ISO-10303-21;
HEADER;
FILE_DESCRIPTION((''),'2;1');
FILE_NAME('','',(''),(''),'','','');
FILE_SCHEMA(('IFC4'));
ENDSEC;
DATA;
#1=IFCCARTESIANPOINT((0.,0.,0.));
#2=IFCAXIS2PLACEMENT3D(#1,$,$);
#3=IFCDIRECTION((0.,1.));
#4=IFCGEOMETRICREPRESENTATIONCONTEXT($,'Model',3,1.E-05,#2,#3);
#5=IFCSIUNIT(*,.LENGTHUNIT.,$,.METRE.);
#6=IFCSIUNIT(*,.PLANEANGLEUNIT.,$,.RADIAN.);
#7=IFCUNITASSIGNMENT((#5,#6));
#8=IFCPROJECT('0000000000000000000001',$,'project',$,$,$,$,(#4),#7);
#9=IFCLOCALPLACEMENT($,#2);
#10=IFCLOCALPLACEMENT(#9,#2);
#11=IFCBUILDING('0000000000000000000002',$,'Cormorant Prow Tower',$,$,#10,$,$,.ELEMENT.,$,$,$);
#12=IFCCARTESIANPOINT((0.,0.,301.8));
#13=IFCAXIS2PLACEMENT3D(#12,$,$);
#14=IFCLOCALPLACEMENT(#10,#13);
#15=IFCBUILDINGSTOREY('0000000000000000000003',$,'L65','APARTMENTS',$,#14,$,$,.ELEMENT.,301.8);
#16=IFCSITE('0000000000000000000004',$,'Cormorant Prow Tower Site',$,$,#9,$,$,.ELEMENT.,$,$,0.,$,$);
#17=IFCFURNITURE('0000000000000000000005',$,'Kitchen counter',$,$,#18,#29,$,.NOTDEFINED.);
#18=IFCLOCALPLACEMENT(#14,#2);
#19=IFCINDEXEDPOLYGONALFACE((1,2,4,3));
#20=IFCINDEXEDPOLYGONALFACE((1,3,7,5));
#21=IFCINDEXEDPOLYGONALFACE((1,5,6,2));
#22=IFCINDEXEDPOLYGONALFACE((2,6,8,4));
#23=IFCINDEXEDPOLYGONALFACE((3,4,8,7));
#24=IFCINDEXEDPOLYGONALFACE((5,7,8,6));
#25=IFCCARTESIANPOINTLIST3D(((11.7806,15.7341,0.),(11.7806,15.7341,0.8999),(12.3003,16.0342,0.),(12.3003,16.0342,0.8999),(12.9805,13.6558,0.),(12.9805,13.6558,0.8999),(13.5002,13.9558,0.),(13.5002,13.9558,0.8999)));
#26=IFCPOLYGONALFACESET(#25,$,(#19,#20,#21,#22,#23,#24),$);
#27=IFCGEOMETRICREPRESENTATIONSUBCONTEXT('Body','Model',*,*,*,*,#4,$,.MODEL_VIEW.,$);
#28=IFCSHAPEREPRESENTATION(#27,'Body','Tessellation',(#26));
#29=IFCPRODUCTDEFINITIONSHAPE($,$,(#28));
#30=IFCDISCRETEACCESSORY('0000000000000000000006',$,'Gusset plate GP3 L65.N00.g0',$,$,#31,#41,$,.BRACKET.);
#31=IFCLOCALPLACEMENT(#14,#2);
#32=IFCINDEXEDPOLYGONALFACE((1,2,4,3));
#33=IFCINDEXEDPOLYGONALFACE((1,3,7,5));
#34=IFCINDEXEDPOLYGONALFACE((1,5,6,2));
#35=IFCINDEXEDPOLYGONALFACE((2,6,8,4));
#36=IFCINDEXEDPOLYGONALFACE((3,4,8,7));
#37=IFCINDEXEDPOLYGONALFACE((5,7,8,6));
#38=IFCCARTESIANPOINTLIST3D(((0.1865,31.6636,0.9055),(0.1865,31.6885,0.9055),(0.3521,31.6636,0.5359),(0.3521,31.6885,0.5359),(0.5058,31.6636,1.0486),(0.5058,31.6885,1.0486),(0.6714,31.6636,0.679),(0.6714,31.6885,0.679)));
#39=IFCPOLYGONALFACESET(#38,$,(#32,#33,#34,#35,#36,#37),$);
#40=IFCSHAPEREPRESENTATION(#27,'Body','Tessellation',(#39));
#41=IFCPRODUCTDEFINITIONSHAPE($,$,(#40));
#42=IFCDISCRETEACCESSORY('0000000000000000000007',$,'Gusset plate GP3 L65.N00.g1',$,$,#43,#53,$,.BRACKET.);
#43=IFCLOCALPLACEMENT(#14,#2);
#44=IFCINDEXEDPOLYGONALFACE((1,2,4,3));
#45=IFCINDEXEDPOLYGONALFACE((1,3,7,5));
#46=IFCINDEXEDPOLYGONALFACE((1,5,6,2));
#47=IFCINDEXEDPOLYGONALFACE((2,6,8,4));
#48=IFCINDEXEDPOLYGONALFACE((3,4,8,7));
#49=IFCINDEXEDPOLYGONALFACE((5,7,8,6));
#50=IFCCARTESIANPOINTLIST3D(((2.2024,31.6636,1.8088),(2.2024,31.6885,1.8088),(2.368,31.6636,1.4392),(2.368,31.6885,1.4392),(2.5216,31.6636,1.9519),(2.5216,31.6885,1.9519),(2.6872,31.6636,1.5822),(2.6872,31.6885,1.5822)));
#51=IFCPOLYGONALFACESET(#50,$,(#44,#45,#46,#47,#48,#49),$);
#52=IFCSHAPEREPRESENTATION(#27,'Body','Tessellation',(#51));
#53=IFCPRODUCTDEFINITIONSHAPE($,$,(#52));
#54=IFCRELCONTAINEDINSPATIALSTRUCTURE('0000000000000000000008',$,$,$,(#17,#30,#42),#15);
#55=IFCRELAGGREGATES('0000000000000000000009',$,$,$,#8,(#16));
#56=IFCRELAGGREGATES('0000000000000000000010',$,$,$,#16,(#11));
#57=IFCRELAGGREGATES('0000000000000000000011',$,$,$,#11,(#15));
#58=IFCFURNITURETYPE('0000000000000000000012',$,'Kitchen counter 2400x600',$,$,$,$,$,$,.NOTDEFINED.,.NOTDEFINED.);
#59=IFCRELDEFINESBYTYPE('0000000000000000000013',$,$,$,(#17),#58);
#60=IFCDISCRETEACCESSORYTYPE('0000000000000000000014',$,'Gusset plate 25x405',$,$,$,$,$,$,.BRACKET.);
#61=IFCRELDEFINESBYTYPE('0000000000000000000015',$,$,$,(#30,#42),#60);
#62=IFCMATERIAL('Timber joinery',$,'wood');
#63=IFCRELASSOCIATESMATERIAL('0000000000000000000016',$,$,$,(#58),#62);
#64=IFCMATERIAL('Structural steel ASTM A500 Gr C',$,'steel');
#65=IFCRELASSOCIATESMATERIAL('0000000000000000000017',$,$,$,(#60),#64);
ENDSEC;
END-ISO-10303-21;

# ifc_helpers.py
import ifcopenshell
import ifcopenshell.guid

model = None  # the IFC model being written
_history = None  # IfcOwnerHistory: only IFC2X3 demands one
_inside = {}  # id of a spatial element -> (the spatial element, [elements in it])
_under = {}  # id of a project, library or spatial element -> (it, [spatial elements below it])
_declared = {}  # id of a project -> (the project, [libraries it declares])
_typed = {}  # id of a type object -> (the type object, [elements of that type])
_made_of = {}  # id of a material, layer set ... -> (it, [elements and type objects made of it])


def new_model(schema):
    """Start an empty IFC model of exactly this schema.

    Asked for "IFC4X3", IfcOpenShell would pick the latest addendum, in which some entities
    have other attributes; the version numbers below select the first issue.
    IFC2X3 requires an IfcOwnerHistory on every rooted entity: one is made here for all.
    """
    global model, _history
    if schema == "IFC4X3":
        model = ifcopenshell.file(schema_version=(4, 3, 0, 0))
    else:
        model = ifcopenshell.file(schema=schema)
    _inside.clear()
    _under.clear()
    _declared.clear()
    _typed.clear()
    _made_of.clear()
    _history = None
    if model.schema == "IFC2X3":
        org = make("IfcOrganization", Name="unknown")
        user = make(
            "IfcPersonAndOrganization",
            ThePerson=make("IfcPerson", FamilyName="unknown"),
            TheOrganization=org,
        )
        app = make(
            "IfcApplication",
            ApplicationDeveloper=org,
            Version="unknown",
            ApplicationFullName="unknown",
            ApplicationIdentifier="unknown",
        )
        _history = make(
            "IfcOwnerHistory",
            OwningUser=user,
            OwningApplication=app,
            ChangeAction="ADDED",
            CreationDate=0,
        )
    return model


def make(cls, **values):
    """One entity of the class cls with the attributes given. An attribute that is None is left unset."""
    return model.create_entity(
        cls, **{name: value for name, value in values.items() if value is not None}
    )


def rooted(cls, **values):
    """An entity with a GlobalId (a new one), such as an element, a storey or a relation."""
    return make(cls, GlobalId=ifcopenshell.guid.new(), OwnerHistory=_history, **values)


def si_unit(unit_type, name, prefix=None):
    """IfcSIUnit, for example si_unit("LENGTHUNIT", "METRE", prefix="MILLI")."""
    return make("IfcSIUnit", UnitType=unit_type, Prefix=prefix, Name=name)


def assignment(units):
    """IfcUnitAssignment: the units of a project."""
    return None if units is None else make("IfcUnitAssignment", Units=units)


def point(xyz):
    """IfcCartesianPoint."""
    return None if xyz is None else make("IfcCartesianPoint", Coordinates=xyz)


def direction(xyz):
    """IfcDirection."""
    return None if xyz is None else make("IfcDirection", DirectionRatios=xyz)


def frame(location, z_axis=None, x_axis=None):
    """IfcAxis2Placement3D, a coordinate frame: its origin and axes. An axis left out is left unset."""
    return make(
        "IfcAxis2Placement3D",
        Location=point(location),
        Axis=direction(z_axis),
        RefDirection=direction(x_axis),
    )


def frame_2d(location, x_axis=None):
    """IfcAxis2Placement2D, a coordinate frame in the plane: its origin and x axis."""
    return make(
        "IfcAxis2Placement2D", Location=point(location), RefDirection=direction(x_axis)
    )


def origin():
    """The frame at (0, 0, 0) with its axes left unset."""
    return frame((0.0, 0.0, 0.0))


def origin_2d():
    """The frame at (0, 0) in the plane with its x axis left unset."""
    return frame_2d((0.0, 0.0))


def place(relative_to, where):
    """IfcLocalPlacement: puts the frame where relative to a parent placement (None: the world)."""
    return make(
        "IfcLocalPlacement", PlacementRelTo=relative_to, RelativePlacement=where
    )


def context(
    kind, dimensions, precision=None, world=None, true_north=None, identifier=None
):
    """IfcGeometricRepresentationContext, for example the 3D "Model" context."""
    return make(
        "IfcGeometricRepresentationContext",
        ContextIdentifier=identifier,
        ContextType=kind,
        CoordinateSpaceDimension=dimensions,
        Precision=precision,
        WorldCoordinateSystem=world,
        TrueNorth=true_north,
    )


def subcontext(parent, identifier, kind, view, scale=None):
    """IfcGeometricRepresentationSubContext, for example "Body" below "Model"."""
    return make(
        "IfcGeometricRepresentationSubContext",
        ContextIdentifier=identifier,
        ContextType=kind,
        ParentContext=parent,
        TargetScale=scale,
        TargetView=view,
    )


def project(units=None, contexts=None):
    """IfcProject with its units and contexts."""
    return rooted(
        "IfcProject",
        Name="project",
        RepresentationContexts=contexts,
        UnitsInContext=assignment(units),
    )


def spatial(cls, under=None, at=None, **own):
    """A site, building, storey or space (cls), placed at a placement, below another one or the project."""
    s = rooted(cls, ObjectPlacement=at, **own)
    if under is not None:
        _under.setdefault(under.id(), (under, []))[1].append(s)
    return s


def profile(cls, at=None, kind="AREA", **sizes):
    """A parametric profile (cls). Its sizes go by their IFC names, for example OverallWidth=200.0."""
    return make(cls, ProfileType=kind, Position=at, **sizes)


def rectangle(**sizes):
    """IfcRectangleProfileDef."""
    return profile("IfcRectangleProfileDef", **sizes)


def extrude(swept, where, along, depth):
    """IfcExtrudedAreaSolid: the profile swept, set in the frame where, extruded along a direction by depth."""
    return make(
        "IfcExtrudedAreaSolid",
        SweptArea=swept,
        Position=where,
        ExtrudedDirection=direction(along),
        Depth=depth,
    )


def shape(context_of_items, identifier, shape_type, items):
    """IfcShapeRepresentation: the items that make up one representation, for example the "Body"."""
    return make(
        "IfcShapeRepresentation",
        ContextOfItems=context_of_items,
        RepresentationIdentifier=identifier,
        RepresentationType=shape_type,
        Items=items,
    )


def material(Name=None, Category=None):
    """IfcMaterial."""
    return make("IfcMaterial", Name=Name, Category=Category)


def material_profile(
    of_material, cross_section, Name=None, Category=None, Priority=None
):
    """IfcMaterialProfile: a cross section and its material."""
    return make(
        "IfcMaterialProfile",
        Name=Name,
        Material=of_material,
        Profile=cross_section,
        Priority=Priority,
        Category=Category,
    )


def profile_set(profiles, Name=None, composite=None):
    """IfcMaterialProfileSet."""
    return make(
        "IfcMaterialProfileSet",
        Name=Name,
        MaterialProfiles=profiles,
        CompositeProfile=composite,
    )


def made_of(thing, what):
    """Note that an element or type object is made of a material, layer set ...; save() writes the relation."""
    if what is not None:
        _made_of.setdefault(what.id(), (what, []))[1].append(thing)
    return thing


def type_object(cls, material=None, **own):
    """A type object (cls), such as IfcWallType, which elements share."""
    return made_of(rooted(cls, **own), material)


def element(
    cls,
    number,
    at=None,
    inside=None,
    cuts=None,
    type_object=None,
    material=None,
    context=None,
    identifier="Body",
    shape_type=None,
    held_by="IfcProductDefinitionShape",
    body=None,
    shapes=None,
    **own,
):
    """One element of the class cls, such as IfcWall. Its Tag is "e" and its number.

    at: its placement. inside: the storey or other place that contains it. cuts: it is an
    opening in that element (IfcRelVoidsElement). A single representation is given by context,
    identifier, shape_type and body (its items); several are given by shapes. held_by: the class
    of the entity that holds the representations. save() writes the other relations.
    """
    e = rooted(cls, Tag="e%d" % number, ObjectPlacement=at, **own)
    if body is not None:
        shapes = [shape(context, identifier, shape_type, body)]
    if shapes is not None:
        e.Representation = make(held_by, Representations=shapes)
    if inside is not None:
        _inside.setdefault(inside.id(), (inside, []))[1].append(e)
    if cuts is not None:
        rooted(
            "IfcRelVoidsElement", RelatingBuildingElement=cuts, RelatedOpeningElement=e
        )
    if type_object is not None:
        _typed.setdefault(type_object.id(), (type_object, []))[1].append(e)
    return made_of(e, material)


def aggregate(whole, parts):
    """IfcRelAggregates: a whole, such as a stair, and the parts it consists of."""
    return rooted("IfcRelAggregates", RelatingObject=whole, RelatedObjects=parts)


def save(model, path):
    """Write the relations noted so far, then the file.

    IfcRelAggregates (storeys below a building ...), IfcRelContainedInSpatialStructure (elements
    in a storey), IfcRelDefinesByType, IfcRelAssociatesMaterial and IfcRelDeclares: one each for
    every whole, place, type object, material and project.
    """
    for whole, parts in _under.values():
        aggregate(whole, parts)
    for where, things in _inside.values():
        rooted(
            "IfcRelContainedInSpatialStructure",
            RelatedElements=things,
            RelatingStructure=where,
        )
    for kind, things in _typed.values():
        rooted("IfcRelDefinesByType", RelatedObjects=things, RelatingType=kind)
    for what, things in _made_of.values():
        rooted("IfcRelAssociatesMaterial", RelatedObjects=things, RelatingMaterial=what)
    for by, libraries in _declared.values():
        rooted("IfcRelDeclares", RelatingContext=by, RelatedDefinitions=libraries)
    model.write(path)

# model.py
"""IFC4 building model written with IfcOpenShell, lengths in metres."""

from ifc_helpers import new_model, si_unit, direction, frame, origin, origin_2d, place, context, subcontext, project, spatial, rectangle, extrude, material, material_profile, profile_set, type_object, element, save


model = new_model("IFC4")

# Units and contexts
model_context = context("Model", 3, precision=1e-05, world=origin(), true_north=direction((0.0, 1.0)))
body_context = subcontext(model_context, "Body", "Model", "MODEL_VIEW")
ifc_project = project(units=[si_unit("LENGTHUNIT", "METRE"), si_unit("PLANEANGLEUNIT", "RADIAN")], contexts=[model_context])

# Site, building, storey
site_placement = place(None, origin())
site = spatial("IfcSite", under=ifc_project, at=site_placement, Name="Cormorant Prow Tower Site", CompositionType="ELEMENT", RefElevation=0.0)
building_placement = place(site_placement, origin())
building = spatial("IfcBuilding", under=site, at=building_placement, Name="Cormorant Prow Tower", CompositionType="ELEMENT")
storey_placement = place(building_placement, frame((0.0, 0.0, 301.8)))
storey = spatial("IfcBuildingStorey", under=building, at=storey_placement, Name="L65", Description="APARTMENTS", CompositionType="ELEMENT", Elevation=301.8)

# Furniture
ifc_material_1 = material(Name="Timber joinery", Category="wood")
furniture_type = type_object("IfcFurnitureType", Name="Kitchen counter 2400x600", AssemblyPlace="NOTDEFINED", PredefinedType="NOTDEFINED", material=ifc_material_1)
furniture_placement = place(storey_placement, frame((12.6404, 14.845, 0.0), z_axis=(0.0, 0.0, 1.0), x_axis=(-0.5, 0.866025, 0.0)))
element("IfcFurniture", 1, at=furniture_placement, inside=storey, type_object=furniture_type, Name="Kitchen counter", PredefinedType="NOTDEFINED", context=body_context, shape_type="SweptSolid", body=[
    extrude(rectangle(XDim=2.3999, YDim=0.6001, at=origin_2d()), origin(), (0.0, 0.0, 1.0), 0.8999),
])

# Discrete accessories
ifc_material_2 = material(Name="Structural steel ASTM A500 Gr C", Category="steel")
ifc_material_profile_1 = material_profile(ifc_material_2, rectangle(XDim=0.0249, YDim=0.405, at=origin_2d()), Name="Gusset plate 25x405")
ifc_profile_set_1 = profile_set([ifc_material_profile_1], Name="Structural steel ASTM A500 Gr C")
discrete_accessory_type = type_object("IfcDiscreteAccessoryType", Name="Gusset plate 25x405", PredefinedType="BRACKET", material=ifc_profile_set_1)
for number, where, z_axis, x_axis, name in (
    (2, (0.5886, 31.676, 0.8638), (-0.912599, 0.0, -0.408856), (0.0, -1.0, 0.0), "Gusset plate GP3 L65.N00.g0"),
    (3, (2.2852, 31.676, 1.624), (0.912599, 0.0, 0.408856), (0.0, 1.0, 0.0), "Gusset plate GP3 L65.N00.g1"),
):
    element("IfcDiscreteAccessory", number, at=place(storey_placement, frame(where, z_axis=z_axis, x_axis=x_axis)), inside=storey, type_object=discrete_accessory_type, Name=name, PredefinedType="BRACKET", context=body_context, shape_type="SweptSolid", body=[
        extrude(rectangle(XDim=0.0249, YDim=0.405, at=origin_2d()), origin(), (0.0, 0.0, 1.0), 0.3499),
    ])

save(model, "model.ifc")
